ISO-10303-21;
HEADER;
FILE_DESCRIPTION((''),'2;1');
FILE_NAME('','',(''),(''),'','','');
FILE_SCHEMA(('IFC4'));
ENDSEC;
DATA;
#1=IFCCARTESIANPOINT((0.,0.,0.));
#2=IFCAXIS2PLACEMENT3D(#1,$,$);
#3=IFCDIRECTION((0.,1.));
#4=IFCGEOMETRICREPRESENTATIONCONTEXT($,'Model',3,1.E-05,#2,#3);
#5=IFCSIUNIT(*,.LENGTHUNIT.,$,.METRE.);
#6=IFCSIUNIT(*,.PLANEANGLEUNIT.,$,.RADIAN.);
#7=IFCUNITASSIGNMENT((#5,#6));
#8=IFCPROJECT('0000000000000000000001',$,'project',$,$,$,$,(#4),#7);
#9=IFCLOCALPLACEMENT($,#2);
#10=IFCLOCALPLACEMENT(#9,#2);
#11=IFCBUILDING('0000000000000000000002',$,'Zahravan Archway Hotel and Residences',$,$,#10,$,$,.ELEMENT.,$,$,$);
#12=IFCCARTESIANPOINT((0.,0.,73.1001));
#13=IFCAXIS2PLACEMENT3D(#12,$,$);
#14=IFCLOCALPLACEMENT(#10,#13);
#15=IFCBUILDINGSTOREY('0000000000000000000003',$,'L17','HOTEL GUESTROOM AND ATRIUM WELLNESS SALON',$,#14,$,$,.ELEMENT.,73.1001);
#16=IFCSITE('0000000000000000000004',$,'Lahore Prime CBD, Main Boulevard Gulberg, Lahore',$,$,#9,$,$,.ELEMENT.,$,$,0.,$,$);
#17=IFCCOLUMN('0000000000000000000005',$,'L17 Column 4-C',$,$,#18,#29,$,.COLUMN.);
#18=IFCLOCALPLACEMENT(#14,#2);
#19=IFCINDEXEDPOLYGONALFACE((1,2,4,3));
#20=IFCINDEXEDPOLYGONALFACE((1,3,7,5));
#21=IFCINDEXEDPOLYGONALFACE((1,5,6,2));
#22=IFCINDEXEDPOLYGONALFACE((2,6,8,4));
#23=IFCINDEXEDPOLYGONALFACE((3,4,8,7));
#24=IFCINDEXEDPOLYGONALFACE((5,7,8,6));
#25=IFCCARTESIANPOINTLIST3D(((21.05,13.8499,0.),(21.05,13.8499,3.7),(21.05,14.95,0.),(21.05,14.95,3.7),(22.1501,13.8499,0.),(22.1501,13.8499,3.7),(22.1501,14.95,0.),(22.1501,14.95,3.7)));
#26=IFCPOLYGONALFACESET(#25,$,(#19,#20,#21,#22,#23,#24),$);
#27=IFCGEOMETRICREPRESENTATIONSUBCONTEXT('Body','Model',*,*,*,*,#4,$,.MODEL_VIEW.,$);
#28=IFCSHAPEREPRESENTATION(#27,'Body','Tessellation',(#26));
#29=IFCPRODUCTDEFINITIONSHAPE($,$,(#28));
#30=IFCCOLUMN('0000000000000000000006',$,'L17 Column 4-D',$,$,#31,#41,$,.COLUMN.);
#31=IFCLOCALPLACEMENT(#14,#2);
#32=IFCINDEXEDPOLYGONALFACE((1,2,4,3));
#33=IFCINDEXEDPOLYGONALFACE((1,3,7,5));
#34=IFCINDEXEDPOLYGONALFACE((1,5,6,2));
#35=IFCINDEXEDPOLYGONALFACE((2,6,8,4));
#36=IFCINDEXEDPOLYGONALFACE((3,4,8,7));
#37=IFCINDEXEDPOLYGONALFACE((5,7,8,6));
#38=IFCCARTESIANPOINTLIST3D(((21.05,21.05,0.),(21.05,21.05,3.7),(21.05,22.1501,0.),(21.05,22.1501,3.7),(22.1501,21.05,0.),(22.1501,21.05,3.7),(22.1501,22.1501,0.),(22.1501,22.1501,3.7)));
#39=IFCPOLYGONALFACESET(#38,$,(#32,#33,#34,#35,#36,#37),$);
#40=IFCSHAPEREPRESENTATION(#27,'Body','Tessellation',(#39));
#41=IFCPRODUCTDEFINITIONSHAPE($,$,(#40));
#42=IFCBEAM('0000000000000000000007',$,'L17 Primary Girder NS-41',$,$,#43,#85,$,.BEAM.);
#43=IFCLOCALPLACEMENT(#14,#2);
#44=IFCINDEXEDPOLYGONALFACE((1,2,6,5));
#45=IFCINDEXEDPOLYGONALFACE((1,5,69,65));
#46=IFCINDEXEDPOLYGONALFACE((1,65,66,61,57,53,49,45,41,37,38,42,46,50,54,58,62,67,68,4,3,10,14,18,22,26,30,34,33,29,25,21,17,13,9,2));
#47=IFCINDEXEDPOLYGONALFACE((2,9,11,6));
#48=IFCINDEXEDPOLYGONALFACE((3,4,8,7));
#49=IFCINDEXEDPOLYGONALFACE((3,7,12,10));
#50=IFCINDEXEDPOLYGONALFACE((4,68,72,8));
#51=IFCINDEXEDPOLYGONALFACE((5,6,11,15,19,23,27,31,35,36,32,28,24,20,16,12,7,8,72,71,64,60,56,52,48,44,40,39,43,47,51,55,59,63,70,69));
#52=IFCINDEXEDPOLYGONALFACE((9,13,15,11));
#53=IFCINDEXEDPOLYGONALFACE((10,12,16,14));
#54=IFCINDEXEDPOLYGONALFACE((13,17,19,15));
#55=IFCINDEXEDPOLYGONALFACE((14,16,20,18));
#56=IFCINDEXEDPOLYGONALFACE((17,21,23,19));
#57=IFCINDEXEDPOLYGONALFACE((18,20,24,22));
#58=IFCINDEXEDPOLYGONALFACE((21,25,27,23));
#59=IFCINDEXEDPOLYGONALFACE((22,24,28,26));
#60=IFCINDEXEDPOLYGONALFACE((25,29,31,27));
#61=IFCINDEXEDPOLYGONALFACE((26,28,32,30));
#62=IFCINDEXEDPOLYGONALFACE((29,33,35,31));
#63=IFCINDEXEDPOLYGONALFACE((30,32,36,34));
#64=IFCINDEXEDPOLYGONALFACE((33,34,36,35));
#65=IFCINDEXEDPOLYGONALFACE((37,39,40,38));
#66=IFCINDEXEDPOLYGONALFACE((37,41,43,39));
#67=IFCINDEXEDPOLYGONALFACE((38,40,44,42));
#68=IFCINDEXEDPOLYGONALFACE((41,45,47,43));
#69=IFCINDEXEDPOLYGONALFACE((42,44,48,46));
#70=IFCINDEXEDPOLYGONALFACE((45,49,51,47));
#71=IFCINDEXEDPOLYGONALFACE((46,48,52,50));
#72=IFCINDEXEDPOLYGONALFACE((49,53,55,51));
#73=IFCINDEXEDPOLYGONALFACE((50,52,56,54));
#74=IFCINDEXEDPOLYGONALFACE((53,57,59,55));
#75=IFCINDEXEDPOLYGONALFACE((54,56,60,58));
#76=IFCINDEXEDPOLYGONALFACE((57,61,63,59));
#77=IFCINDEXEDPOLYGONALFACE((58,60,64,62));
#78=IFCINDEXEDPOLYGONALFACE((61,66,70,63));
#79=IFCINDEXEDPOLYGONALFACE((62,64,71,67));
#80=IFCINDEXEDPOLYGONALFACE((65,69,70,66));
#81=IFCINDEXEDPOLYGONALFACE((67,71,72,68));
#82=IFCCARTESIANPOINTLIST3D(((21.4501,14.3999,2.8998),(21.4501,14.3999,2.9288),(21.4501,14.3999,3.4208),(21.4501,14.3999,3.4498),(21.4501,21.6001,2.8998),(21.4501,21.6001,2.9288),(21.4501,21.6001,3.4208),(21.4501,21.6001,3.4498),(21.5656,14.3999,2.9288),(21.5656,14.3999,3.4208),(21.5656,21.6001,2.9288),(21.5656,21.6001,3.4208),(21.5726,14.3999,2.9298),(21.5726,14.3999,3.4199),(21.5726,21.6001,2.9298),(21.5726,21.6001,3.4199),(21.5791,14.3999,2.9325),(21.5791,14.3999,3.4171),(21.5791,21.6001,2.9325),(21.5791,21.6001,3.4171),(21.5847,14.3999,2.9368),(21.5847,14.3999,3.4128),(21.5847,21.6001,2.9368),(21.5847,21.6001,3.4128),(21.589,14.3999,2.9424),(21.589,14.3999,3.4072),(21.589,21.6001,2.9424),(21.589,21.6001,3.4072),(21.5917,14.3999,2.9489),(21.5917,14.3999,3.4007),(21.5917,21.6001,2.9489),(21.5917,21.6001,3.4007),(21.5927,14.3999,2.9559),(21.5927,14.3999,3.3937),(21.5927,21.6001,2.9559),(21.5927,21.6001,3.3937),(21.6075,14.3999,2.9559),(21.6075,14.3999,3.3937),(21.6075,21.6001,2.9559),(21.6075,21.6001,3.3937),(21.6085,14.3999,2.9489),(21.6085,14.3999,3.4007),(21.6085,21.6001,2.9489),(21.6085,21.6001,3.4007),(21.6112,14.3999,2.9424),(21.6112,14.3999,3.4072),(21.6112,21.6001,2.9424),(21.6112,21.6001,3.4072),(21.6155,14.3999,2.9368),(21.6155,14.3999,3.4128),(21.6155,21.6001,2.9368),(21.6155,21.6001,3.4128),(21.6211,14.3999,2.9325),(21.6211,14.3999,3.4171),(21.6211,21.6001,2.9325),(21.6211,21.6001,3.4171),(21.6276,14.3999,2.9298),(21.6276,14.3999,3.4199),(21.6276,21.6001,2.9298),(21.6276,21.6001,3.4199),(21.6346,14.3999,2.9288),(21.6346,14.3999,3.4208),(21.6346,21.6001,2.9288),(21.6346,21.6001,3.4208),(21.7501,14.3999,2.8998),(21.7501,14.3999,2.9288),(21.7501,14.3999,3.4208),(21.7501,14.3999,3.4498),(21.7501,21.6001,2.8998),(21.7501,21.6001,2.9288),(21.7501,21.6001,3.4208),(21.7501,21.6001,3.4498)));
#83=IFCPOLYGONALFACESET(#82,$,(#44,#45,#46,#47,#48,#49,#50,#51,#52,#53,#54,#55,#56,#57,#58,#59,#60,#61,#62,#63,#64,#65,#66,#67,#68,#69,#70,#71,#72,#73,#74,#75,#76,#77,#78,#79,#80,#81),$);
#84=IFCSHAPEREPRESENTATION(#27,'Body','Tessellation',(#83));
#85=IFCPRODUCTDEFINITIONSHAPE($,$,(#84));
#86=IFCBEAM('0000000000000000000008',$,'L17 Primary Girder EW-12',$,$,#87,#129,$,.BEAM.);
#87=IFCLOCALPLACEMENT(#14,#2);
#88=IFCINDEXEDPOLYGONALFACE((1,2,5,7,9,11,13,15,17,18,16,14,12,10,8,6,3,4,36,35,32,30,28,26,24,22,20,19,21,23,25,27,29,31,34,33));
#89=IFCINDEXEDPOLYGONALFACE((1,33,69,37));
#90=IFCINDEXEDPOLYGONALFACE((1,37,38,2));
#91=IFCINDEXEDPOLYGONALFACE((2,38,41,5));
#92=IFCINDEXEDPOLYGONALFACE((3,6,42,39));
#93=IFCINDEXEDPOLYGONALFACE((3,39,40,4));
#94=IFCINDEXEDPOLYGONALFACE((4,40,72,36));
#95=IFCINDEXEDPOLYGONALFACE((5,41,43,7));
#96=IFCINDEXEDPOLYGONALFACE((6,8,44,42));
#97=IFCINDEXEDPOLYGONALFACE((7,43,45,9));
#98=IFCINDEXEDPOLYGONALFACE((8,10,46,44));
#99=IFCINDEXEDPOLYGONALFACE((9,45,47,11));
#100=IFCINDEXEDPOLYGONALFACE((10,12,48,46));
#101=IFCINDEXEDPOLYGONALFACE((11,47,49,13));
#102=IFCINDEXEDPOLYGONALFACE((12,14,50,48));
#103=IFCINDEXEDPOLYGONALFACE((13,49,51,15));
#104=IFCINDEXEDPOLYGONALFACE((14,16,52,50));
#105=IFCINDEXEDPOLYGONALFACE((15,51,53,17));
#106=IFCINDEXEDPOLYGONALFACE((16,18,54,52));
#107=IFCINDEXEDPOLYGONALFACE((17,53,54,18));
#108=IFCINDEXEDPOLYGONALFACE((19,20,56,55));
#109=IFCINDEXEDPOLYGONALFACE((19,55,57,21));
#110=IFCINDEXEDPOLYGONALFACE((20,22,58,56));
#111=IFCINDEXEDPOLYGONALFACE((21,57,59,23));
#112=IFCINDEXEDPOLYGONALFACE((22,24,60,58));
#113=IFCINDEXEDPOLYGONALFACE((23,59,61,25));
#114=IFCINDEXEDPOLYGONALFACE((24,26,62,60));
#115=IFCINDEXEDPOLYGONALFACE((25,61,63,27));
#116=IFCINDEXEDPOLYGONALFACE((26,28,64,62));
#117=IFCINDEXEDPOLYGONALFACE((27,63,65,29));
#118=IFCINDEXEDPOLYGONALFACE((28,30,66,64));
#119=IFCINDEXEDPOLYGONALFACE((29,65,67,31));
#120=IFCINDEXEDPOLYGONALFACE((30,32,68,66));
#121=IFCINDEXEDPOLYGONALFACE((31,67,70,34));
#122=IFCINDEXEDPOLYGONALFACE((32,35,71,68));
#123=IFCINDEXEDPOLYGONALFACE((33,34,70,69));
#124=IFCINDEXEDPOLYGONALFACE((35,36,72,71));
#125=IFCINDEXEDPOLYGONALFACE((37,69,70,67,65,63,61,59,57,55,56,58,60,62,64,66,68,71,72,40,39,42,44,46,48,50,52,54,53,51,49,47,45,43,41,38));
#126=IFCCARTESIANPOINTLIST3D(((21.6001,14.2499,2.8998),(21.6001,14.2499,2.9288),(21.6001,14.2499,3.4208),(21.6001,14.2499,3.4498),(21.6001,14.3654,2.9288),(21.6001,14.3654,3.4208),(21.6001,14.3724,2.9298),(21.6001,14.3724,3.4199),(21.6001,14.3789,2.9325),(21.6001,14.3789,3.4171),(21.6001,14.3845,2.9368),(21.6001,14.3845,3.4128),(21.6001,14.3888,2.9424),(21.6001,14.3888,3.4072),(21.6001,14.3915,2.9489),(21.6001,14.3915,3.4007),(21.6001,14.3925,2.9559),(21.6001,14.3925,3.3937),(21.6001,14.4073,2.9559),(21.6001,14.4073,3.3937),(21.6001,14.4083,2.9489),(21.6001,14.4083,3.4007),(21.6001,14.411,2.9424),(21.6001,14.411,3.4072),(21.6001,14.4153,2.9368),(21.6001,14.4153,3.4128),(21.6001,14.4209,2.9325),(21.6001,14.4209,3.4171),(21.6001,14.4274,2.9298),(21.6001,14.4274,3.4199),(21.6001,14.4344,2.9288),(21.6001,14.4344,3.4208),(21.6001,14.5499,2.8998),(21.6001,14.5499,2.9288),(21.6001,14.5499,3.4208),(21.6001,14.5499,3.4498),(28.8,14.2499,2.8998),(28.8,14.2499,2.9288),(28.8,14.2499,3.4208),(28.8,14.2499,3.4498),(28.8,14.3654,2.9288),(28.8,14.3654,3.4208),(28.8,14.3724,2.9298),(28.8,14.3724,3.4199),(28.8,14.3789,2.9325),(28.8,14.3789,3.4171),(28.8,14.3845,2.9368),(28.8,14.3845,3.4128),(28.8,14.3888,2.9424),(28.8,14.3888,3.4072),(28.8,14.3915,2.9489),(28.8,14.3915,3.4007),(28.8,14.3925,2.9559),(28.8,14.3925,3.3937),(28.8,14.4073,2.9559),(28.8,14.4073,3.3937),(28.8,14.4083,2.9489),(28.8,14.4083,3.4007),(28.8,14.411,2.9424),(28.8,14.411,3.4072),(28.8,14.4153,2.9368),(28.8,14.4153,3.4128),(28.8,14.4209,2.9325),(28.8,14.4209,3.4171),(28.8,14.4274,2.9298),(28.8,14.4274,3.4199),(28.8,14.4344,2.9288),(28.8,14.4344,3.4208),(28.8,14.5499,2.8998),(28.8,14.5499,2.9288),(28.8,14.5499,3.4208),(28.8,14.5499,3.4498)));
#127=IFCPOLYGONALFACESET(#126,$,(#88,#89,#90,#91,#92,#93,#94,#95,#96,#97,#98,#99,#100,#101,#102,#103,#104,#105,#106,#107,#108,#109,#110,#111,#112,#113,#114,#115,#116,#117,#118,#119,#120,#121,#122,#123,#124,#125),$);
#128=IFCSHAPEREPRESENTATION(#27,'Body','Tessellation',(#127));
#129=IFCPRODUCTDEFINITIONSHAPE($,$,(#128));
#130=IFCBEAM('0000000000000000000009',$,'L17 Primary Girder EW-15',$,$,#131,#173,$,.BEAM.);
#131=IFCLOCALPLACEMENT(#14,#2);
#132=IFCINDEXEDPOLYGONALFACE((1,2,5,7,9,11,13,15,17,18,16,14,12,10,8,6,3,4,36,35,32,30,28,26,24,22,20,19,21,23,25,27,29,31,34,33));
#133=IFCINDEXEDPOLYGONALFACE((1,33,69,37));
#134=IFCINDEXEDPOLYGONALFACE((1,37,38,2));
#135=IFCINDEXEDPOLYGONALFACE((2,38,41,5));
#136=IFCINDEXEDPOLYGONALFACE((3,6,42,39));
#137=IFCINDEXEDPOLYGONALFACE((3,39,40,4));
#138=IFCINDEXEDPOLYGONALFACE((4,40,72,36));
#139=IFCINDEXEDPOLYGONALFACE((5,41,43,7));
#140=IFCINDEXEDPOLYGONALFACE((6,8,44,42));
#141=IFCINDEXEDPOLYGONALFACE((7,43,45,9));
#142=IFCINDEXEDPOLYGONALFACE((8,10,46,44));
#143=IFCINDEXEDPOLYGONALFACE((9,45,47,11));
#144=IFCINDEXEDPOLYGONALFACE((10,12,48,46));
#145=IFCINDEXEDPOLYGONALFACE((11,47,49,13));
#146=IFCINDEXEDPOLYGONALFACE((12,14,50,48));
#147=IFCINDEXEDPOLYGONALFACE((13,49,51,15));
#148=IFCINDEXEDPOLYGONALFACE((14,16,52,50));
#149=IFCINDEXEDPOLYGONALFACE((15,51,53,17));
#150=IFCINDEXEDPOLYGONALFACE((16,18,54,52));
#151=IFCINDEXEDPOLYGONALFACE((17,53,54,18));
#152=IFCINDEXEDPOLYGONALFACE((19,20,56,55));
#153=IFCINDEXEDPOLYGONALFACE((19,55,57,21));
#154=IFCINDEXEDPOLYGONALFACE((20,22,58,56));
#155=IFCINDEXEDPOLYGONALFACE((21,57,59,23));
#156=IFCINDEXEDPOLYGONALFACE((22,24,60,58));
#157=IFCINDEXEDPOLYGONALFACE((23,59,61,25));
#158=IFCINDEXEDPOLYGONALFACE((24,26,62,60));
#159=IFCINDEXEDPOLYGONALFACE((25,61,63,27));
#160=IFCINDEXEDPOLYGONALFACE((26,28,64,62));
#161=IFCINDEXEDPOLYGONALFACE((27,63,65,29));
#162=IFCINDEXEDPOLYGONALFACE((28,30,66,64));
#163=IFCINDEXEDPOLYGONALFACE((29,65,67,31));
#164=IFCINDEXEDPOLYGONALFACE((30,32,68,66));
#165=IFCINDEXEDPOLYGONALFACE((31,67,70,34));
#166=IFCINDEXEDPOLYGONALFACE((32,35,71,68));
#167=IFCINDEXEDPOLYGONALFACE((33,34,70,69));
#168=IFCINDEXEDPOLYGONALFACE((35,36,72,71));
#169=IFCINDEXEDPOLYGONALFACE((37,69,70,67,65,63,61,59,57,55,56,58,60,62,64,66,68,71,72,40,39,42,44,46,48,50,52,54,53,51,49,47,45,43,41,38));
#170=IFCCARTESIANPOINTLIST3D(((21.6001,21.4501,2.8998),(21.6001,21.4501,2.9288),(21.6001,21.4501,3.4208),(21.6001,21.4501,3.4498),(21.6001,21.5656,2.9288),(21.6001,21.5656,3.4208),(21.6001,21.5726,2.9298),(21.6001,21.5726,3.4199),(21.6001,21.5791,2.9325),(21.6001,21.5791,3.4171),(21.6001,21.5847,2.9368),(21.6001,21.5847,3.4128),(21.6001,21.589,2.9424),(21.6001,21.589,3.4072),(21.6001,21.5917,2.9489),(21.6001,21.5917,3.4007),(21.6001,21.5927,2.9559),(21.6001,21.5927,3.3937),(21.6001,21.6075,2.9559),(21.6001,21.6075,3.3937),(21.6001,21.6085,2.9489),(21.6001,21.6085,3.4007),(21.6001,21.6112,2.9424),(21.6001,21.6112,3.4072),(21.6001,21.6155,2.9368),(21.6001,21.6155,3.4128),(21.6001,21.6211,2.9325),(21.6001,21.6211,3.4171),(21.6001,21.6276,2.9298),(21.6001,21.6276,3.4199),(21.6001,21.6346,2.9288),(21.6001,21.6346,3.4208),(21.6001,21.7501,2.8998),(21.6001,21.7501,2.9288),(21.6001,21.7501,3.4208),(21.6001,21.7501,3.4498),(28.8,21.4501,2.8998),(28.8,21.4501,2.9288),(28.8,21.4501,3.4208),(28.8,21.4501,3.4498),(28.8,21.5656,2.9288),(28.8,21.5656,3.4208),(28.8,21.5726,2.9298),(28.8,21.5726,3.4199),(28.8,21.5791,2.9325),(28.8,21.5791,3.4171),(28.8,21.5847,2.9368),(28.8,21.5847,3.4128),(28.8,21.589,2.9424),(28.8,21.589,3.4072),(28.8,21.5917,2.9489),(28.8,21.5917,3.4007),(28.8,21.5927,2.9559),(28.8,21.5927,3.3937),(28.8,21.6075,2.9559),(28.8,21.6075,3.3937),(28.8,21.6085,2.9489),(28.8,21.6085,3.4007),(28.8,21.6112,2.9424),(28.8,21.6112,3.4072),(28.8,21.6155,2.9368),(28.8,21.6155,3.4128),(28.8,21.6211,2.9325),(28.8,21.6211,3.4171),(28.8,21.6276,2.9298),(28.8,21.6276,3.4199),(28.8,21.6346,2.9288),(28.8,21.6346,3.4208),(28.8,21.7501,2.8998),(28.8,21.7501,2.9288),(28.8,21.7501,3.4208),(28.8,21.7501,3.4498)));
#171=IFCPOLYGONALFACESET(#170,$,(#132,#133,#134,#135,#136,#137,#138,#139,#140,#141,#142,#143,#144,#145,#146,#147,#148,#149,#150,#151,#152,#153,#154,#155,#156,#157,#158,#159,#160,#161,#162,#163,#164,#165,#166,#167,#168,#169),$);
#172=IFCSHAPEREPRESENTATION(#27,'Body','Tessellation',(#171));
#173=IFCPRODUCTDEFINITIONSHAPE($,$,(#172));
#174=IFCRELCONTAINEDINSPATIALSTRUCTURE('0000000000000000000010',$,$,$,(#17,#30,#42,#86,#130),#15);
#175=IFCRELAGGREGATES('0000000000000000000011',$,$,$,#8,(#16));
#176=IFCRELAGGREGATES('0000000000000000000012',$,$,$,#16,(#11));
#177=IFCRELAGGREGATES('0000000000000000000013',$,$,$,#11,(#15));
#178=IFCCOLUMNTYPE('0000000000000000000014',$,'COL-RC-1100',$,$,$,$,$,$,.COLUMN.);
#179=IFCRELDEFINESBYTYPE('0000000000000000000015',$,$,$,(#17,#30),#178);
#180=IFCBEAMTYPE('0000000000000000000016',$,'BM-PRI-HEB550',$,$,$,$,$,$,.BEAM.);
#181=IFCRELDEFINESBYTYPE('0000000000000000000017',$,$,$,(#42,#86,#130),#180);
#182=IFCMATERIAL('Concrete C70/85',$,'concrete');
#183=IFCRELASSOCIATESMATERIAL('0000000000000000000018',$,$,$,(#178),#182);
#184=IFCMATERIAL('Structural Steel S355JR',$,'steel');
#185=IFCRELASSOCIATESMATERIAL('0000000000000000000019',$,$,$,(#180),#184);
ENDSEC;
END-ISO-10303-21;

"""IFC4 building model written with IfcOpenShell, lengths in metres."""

from ifc_helpers import new_model, si_unit, direction, frame, origin, origin_2d, place, context, subcontext, project, spatial, rectangle, i_section, extrude, source, transform, mapped, material, material_profile, profile_set, type_object, type_shapes, element, save


model = new_model("IFC4")

# Units and contexts
model_context = context("Model", 3, precision=1e-05, world=origin(), true_north=direction((0.0, 1.0)))
body_context = subcontext(model_context, "Body", "Model", "MODEL_VIEW")
ifc_project = project(units=[si_unit("LENGTHUNIT", "METRE"), si_unit("PLANEANGLEUNIT", "RADIAN")], contexts=[model_context])

# Site, building, storey
site_placement = place(None, origin())
site = spatial("IfcSite", under=ifc_project, at=site_placement, Name="Lahore Prime CBD, Main Boulevard Gulberg, Lahore", CompositionType="ELEMENT", RefElevation=0.0)
building_placement = place(site_placement, origin())
building = spatial("IfcBuilding", under=site, at=building_placement, Name="Zahravan Archway Hotel and Residences", CompositionType="ELEMENT")
storey_placement = place(building_placement, frame((0.0, 0.0, 73.1001)))
storey = spatial("IfcBuildingStorey", under=building, at=storey_placement, Name="L17", Description="HOTEL GUESTROOM AND ATRIUM WELLNESS SALON", CompositionType="ELEMENT", Elevation=73.1001)

# Columns
ifc_material_1 = material(Name="Concrete C70/85", Category="concrete")
ifc_material_profile_1 = material_profile(ifc_material_1, rectangle(XDim=1.1001, YDim=1.1001, at=origin_2d()), Name="RC 1100x1100", Category="concrete")
ifc_profile_set_1 = profile_set([ifc_material_profile_1], Name="Concrete C70/85")
column_type = type_object("IfcColumnType", Name="COL-RC-1100", PredefinedType="COLUMN", material=ifc_profile_set_1)
shared_shape_1 = source(origin(), body_context, "Body", "SweptSolid", [
    extrude(rectangle(XDim=1.1001, YDim=1.1001, at=origin_2d()), origin(), (0.0, 0.0, 1.0), 3.7),
])
for number, where, z_axis, x_axis, name in (
    (1, (21.6001, 14.3999, 0.0), (0.0, 0.0, 1.0), (1.0, 0.0, 0.0), "L17 Column 4-C"),
    (2, (21.6001, 21.6001, 0.0), (0.0, 0.0, 1.0), (1.0, 0.0, 0.0), "L17 Column 4-D"),
):
    element("IfcColumn", number, at=place(storey_placement, frame(where, z_axis=z_axis, x_axis=x_axis)), inside=storey, type_object=column_type, Name=name, PredefinedType="COLUMN", context=body_context, shape_type="MappedRepresentation", body=[
        mapped(shared_shape_1, transform((0.0, 0.0, 0.0), scale=1.0)),
    ])

# Beams
ifc_material_2 = material(Name="Structural Steel S355JR", Category="steel")
ifc_material_profile_2 = material_profile(ifc_material_2, i_section(OverallWidth=0.3, OverallDepth=0.55, WebThickness=0.0149, FlangeThickness=0.0291, FilletRadius=0.0271, at=origin_2d()), Name="HEB 550", Category="steel")
ifc_profile_set_2 = profile_set([ifc_material_profile_2], Name="Structural Steel S355JR")
beam_type_1 = type_object("IfcBeamType", Name="BM-PRI-HEB550", PredefinedType="BEAM", material=ifc_profile_set_2)
shared_shape_2 = source(origin(), body_context, "Body", "SweptSolid", [
    extrude(i_section(OverallWidth=0.3, OverallDepth=0.55, WebThickness=0.0149, FlangeThickness=0.0291, FilletRadius=0.0271, at=origin_2d()), origin(), (0.0, 0.0, 1.0), 7.2002),
])
type_shapes(beam_type_1, [shared_shape_2])
beam_1_placement = place(storey_placement, frame((21.6001, 14.3999, 3.1748), z_axis=(0.0, 1.0, 0.0), x_axis=(-1.0, 0.0, 0.0)))
element("IfcBeam", 3, at=beam_1_placement, inside=storey, type_object=beam_type_1, Name="L17 Primary Girder NS-41", PredefinedType="BEAM", context=body_context, shape_type="MappedRepresentation", body=[
    mapped(shared_shape_2, transform((0.0, 0.0, 0.0), scale=1.0)),
])
shared_shape_3 = source(origin(), body_context, "Body", "SweptSolid", [
    extrude(i_section(OverallWidth=0.3, OverallDepth=0.55, WebThickness=0.0149, FlangeThickness=0.0291, FilletRadius=0.0271, at=origin_2d()), origin(), (0.0, 0.0, 1.0), 7.2),
])
for number, where, z_axis, x_axis, name in (
    (4, (21.6001, 14.3999, 3.1748), (1.0, 0.0, 0.0), (0.0, 1.0, 0.0), "L17 Primary Girder EW-12"),
    (5, (21.6001, 21.6001, 3.1748), (1.0, 0.0, 0.0), (0.0, 1.0, 0.0), "L17 Primary Girder EW-15"),
):
    element("IfcBeam", number, at=place(storey_placement, frame(where, z_axis=z_axis, x_axis=x_axis)), inside=storey, type_object=beam_type_1, Name=name, PredefinedType="BEAM", context=body_context, shape_type="MappedRepresentation", body=[
        mapped(shared_shape_3, transform((0.0, 0.0, 0.0), scale=1.0)),
    ])

save(model, "model.ifc")
